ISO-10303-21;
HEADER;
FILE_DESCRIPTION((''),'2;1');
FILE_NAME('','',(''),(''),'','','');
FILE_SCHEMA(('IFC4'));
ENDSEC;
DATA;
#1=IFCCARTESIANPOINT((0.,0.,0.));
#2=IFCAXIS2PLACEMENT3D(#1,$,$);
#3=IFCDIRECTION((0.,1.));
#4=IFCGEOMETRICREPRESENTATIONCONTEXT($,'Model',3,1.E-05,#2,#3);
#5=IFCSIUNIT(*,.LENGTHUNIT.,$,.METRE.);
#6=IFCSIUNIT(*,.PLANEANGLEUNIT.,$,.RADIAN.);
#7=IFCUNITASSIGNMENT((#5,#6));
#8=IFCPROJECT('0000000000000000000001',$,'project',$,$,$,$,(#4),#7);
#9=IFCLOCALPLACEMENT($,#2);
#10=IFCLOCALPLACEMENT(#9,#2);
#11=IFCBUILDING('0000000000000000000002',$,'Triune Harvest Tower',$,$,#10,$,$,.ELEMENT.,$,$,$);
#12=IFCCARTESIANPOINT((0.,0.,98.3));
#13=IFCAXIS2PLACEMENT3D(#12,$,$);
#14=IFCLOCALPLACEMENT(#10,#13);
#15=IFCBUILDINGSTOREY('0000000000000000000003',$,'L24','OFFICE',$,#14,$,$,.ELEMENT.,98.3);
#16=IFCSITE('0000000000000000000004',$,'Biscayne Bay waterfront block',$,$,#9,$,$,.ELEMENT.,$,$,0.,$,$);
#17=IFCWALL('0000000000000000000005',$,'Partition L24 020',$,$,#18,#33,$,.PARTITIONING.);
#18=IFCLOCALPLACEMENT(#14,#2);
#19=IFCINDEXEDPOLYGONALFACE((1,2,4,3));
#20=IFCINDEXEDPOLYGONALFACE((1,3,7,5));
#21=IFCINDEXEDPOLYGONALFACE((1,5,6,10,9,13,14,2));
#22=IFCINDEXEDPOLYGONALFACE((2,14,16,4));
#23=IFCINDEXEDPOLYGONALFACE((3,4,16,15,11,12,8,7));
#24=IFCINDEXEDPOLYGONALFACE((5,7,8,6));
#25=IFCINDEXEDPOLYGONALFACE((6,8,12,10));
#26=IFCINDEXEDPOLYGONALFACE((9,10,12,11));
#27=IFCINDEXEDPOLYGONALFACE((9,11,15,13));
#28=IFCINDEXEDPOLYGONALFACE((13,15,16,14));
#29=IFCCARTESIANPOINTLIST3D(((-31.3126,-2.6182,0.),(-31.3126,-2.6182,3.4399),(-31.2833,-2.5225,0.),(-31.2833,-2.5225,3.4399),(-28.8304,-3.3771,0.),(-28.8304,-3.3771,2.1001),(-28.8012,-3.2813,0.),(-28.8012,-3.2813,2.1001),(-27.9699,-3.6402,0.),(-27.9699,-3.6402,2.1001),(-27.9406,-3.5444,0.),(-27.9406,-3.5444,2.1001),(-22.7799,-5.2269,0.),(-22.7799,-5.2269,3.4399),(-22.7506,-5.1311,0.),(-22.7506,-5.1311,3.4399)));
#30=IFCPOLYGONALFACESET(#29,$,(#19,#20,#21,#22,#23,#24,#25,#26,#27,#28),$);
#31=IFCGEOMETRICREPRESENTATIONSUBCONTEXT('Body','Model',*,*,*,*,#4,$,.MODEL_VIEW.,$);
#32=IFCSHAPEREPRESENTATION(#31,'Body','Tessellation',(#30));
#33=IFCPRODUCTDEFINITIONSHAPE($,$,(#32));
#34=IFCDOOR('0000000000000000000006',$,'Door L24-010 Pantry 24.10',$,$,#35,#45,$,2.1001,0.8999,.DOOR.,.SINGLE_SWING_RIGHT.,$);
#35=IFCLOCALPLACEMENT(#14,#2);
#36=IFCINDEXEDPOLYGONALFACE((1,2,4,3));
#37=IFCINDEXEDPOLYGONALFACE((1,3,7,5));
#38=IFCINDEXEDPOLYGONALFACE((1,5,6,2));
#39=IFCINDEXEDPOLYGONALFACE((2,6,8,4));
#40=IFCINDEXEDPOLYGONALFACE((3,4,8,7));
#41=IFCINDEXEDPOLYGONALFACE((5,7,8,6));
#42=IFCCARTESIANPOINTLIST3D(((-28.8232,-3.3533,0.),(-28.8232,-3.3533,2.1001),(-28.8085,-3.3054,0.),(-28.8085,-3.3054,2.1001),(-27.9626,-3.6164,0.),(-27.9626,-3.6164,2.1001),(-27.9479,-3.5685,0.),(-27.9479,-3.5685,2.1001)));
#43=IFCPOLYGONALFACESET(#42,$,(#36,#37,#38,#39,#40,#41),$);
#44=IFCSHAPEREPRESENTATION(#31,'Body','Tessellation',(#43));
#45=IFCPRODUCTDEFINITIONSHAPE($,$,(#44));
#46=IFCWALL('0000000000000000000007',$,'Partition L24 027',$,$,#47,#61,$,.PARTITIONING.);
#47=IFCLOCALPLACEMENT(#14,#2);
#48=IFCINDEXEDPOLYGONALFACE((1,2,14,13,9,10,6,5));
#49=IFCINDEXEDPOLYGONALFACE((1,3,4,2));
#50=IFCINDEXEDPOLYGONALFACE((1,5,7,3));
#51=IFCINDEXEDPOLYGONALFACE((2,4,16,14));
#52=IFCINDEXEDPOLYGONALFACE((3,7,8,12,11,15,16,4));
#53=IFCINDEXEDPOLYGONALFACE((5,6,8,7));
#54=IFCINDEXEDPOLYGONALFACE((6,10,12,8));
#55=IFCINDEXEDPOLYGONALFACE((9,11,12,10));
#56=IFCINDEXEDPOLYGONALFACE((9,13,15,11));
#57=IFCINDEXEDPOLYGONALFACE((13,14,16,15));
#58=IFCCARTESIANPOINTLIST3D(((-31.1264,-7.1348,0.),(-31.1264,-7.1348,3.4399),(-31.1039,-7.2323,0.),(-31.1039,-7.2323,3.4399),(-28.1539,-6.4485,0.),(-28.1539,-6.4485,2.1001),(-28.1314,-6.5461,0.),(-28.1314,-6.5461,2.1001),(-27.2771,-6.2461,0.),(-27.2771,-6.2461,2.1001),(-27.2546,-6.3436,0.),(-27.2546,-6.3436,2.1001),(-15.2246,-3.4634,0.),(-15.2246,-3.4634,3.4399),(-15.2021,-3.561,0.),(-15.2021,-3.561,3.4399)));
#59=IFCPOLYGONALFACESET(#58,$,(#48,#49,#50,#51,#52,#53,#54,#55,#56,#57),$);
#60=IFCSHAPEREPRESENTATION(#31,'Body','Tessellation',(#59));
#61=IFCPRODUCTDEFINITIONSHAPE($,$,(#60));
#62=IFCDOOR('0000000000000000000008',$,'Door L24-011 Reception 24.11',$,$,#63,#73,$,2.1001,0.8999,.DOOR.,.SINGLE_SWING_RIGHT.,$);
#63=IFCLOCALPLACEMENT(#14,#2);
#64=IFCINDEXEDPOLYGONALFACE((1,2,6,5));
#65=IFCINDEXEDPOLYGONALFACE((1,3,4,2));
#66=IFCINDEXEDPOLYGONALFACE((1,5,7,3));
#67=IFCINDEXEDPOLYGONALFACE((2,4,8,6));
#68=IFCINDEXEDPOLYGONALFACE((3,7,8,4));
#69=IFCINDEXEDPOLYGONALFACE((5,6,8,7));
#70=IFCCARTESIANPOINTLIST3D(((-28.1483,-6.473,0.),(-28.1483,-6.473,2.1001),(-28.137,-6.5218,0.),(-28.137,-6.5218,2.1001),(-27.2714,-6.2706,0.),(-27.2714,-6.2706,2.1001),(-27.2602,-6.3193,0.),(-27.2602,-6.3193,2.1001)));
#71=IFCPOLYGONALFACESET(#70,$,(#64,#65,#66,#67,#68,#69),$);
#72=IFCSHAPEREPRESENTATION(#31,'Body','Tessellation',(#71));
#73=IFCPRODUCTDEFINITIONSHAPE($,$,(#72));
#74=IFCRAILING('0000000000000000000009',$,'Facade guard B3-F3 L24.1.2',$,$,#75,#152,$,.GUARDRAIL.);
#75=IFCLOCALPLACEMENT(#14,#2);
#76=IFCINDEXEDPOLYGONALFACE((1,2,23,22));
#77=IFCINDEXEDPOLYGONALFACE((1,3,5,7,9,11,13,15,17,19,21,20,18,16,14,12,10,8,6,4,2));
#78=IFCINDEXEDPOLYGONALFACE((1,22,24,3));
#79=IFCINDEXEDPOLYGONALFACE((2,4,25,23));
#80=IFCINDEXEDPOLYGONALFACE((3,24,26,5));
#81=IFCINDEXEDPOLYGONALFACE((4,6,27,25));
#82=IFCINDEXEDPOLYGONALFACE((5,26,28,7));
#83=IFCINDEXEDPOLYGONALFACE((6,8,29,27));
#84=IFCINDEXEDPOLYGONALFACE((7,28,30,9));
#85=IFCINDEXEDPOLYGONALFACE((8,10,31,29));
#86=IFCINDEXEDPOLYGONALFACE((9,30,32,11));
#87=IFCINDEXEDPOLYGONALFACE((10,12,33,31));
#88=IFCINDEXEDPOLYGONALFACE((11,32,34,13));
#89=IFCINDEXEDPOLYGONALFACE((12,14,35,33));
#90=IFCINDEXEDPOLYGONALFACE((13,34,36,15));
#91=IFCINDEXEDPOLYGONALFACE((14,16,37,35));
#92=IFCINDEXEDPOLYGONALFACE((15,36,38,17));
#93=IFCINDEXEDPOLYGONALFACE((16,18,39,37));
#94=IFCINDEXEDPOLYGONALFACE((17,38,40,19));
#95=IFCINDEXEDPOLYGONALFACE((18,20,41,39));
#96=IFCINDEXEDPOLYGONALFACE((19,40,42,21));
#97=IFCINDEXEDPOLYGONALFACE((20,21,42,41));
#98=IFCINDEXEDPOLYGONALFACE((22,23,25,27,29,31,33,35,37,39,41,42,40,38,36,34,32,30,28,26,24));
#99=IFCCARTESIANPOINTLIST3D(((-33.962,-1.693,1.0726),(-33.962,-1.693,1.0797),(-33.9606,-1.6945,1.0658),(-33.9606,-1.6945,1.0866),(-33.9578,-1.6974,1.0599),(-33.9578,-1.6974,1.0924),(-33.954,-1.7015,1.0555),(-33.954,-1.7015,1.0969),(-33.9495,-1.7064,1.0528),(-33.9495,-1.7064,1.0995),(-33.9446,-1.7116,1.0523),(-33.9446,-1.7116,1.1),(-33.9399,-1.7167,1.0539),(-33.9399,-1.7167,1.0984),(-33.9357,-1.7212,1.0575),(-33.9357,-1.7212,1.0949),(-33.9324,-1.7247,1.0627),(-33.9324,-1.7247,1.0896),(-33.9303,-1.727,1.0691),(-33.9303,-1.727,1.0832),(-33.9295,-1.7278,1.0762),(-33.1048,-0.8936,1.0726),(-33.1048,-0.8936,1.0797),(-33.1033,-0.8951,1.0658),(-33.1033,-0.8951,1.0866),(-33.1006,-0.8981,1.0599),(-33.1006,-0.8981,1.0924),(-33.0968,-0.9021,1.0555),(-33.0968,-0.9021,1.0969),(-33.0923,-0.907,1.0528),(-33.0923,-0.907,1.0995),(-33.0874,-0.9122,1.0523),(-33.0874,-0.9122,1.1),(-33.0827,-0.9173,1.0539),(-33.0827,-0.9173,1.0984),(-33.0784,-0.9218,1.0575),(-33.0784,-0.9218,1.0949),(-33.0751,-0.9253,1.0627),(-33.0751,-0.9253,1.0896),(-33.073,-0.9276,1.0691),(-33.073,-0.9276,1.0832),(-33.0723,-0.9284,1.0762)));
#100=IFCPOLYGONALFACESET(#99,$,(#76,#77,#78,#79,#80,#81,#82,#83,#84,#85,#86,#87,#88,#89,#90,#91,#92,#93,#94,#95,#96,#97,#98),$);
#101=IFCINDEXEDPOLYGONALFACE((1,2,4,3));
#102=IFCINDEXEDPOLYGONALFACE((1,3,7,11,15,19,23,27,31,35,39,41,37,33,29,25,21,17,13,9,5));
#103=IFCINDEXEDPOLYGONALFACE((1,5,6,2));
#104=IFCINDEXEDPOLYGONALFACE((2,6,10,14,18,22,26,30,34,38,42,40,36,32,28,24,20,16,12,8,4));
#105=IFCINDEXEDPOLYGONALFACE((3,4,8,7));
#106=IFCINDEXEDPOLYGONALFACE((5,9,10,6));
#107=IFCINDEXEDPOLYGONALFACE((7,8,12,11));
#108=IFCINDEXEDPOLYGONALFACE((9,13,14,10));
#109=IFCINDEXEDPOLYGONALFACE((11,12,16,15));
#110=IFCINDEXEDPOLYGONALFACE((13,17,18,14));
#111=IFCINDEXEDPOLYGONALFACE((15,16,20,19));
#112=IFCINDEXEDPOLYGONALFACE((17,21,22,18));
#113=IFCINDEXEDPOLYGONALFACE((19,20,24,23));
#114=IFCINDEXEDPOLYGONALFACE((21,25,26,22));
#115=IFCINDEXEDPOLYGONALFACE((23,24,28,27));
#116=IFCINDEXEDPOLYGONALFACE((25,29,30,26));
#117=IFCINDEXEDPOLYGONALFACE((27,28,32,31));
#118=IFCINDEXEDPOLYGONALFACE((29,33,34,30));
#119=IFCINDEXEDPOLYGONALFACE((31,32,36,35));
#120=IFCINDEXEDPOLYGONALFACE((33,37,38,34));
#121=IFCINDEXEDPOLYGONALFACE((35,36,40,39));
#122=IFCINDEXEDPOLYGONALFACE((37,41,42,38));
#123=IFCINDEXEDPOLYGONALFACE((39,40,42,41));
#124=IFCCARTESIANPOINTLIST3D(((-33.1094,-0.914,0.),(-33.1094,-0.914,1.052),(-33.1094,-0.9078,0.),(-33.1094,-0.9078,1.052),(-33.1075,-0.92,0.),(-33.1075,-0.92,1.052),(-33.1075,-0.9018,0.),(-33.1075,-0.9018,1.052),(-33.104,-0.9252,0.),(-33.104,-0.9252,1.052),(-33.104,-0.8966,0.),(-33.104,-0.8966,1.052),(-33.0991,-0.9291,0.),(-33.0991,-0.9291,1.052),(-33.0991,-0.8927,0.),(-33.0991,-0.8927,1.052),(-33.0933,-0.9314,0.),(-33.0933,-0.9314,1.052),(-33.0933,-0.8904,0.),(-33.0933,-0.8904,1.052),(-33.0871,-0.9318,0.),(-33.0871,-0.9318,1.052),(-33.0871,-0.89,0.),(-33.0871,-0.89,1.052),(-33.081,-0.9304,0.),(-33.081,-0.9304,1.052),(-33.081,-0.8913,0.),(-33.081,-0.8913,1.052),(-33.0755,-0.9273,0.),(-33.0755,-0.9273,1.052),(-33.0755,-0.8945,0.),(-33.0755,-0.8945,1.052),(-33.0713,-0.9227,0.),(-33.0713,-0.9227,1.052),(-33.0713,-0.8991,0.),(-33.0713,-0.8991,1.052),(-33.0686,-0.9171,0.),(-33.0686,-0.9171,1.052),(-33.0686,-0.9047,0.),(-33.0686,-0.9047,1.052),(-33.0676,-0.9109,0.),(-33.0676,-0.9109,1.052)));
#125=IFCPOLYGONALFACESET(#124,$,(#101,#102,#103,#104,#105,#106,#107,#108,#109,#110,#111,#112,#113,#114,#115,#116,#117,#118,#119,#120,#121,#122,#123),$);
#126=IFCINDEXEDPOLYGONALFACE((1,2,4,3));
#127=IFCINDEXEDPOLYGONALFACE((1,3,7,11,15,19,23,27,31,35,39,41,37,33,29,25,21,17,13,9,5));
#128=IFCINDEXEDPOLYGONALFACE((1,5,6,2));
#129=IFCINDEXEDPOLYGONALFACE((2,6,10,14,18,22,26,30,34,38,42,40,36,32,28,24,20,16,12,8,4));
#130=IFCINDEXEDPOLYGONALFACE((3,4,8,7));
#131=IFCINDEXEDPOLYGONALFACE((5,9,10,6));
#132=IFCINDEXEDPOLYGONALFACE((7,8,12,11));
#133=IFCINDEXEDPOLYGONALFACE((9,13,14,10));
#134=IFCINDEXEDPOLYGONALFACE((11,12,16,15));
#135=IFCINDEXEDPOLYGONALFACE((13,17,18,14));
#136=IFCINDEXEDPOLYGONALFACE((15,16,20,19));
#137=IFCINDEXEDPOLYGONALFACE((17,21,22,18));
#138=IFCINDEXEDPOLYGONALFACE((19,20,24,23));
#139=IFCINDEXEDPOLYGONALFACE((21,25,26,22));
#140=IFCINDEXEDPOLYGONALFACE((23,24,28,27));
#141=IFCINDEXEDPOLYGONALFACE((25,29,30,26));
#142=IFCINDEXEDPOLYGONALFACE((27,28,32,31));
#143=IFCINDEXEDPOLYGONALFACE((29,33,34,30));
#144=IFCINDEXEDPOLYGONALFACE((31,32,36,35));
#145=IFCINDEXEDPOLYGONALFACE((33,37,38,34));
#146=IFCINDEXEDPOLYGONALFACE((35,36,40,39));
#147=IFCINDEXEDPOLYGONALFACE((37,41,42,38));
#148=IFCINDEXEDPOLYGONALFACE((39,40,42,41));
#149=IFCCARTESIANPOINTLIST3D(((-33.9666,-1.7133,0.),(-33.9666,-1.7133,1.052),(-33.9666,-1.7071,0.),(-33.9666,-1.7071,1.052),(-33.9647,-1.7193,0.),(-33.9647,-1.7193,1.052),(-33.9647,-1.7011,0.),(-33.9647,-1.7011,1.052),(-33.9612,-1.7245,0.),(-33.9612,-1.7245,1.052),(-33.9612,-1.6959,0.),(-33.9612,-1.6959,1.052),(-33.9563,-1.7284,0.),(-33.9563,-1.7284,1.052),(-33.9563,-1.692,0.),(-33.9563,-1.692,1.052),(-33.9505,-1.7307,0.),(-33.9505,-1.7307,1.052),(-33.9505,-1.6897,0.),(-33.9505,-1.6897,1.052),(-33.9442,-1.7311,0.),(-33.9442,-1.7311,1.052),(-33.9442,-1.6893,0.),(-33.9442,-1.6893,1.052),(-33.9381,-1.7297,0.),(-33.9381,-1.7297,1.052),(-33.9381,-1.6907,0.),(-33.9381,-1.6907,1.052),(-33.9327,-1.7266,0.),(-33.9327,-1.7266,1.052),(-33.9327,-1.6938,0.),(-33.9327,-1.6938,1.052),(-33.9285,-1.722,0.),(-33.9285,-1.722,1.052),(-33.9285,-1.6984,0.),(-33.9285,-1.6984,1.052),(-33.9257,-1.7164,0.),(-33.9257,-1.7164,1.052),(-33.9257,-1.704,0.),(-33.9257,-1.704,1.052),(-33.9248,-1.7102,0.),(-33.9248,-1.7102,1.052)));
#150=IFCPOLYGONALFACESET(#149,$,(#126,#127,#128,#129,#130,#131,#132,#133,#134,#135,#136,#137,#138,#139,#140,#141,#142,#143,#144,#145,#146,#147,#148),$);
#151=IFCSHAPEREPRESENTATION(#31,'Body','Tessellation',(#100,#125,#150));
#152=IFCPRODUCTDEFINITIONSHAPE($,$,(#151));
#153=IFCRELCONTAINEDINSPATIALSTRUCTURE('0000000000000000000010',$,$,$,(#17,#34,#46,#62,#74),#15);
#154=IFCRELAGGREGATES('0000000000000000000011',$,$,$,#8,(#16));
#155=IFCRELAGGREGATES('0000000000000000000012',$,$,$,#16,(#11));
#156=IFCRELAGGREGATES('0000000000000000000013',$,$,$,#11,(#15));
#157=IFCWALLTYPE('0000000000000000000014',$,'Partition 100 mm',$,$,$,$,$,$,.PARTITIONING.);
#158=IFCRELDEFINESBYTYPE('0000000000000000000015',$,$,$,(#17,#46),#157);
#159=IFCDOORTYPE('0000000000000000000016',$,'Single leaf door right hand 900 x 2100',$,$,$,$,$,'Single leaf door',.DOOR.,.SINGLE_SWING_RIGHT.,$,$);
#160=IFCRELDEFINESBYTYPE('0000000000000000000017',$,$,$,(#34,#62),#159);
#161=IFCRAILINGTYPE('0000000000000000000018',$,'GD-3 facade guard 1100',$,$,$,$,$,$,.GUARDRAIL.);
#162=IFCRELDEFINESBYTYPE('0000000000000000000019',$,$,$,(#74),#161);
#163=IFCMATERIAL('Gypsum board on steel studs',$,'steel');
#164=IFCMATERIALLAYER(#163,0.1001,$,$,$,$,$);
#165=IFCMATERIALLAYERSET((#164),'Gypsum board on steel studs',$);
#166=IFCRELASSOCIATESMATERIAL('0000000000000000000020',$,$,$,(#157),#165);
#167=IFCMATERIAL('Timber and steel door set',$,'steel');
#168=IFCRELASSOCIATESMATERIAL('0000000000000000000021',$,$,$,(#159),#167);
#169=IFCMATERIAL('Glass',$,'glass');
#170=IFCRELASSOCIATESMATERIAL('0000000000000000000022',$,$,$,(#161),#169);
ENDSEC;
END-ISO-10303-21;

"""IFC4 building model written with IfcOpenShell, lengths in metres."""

from ifc_helpers import new_model, si_unit, direction, frame, frame_2d, origin, origin_2d, place, context, subcontext, project, spatial, rectangle, circle, extrude, source, transform, mapped, material, layer, layer_set, type_object, element, fill, save


model = new_model("IFC4")

# Units and contexts
model_context = context("Model", 3, precision=1e-05, world=origin(), true_north=direction((0.0, 1.0)))
body_context = subcontext(model_context, "Body", "Model", "MODEL_VIEW")
ifc_project = project(units=[si_unit("LENGTHUNIT", "METRE"), si_unit("PLANEANGLEUNIT", "RADIAN")], contexts=[model_context])

# Site, building, storey
site_placement = place(None, origin())
site = spatial("IfcSite", under=ifc_project, at=site_placement, Name="Biscayne Bay waterfront block", CompositionType="ELEMENT", RefElevation=0.0)
building_placement = place(site_placement, origin())
building = spatial("IfcBuilding", under=site, at=building_placement, Name="Triune Harvest Tower", CompositionType="ELEMENT")
storey_placement = place(building_placement, frame((0.0, 0.0, 98.3)))
storey = spatial("IfcBuildingStorey", under=building, at=storey_placement, Name="L24", Description="OFFICE", CompositionType="ELEMENT", Elevation=98.3)

# Shared definitions
ifc_material_1 = material(Name="Gypsum board on steel studs", Category="steel")
ifc_layer_1 = layer(ifc_material_1, 0.1001)
ifc_layer_set_1 = layer_set([ifc_layer_1], Name="Gypsum board on steel studs")
wall_type = type_object("IfcWallType", Name="Partition 100 mm", PredefinedType="PARTITIONING", material=ifc_layer_set_1)

# Walls, openings, doors
shared_shape_1 = source(origin(), body_context, "Body", "SweptSolid", [
    extrude(rectangle(XDim=8.9226, YDim=0.1001, at=frame_2d((4.4614, 0.0))), origin(), (0.0, 0.0, 1.0), 3.4399),
])
wall_1_placement = place(storey_placement, frame((-31.2981, -2.5703, 0.0), z_axis=(0.0, 0.0, 1.0), x_axis=(0.956307, -0.292365, 0.0)))
wall_1 = element("IfcWall", 1, at=wall_1_placement, inside=storey, type_object=wall_type, Name="Partition L24 020", PredefinedType="PARTITIONING", context=body_context, shape_type="MappedRepresentation", body=[
    mapped(shared_shape_1, transform((0.0, 0.0, 0.0), scale=1.0)),
])
opening_1_placement = place(wall_1_placement, frame((2.5957, 0.0, 0.0)))
opening_1 = element("IfcOpeningElement", 2, at=opening_1_placement, cuts=wall_1, PredefinedType="OPENING", context=body_context, shape_type="SweptSolid", body=[
    extrude(rectangle(XDim=0.8999, YDim=2.1001, at=frame_2d((0.45, 1.05))), frame((0.0, 0.0601, 0.0), z_axis=(0.0, -1.0, 0.0), x_axis=(1.0, 0.0, 0.0)), (0.0, 0.0, 1.0), 0.1201),
])
ifc_material_2 = material(Name="Timber and steel door set", Category="steel")
door_type = type_object("IfcDoorType", Name="Single leaf door right hand 900 x 2100", ElementType="Single leaf door", OperationType="SINGLE_SWING_RIGHT", PredefinedType="DOOR", material=ifc_material_2)
door_1_placement = place(opening_1_placement, origin())
door_1 = element("IfcDoor", 3, at=door_1_placement, inside=storey, type_object=door_type, Name="Door L24-010 Pantry 24.10", OperationType="SINGLE_SWING_RIGHT", OverallHeight=2.1001, OverallWidth=0.8999, PredefinedType="DOOR", context=body_context, shape_type="SweptSolid", body=[
    extrude(rectangle(XDim=0.8999, YDim=2.1001, at=frame_2d((0.45, 1.05))), frame((0.0, 0.0249, 0.0), z_axis=(0.0, -1.0, 0.0), x_axis=(1.0, 0.0, 0.0)), (0.0, 0.0, 1.0), 0.05),
])
fill(opening_1, door_1)
shared_shape_2 = source(origin(), body_context, "Body", "SweptSolid", [
    extrude(rectangle(XDim=16.3201, YDim=0.1001, at=frame_2d((8.1602, 0.0))), origin(), (0.0, 0.0, 1.0), 3.4399),
])
wall_2_placement = place(storey_placement, frame((-31.1152, -7.1836, 0.0), z_axis=(0.0, 0.0, 1.0), x_axis=(0.974368, 0.22496, 0.0)))
wall_2 = element("IfcWall", 4, at=wall_2_placement, inside=storey, type_object=wall_type, Name="Partition L24 027", PredefinedType="PARTITIONING", context=body_context, shape_type="MappedRepresentation", body=[
    mapped(shared_shape_2, transform((0.0, 0.0, 0.0), scale=1.0)),
])
opening_2_placement = place(wall_2_placement, frame((3.0508, 0.0, 0.0)))
opening_2 = element("IfcOpeningElement", 5, at=opening_2_placement, cuts=wall_2, PredefinedType="OPENING", context=body_context, shape_type="SweptSolid", body=[
    extrude(rectangle(XDim=0.8999, YDim=2.1001, at=frame_2d((0.45, 1.05))), frame((0.0, 0.0601, 0.0), z_axis=(0.0, -1.0, 0.0), x_axis=(1.0, 0.0, 0.0)), (0.0, 0.0, 1.0), 0.1201),
])
door_2_placement = place(opening_2_placement, origin())
door_2 = element("IfcDoor", 6, at=door_2_placement, inside=storey, type_object=door_type, Name="Door L24-011 Reception 24.11", OperationType="SINGLE_SWING_RIGHT", OverallHeight=2.1001, OverallWidth=0.8999, PredefinedType="DOOR", context=body_context, shape_type="SweptSolid", body=[
    extrude(rectangle(XDim=0.8999, YDim=2.1001, at=frame_2d((0.45, 1.05))), frame((0.0, 0.0249, 0.0), z_axis=(0.0, -1.0, 0.0), x_axis=(1.0, 0.0, 0.0)), (0.0, 0.0, 1.0), 0.05),
])
fill(opening_2, door_2)

# Railing
ifc_material_3 = material(Name="Glass", Category="glass")
railing_type = type_object("IfcRailingType", Name="GD-3 facade guard 1100", PredefinedType="GUARDRAIL", material=ifc_material_3)
railing_placement = place(storey_placement, frame((-33.0886, -0.9109, 0.0)))
element("IfcRailing", 7, at=railing_placement, inside=storey, type_object=railing_type, Name="Facade guard B3-F3 L24.1.2", PredefinedType="GUARDRAIL", context=body_context, shape_type="SweptSolid", body=[
    extrude(circle(Radius=0.0239, at=origin_2d()), frame((0.0, 0.0, 1.0762), z_axis=(-0.73136, -0.681992, 0.0), x_axis=(0.681992, -0.73136, 0.0)), (0.0, 0.0, 1.0), 1.1721),
    extrude(circle(Radius=0.021, at=origin_2d()), origin(), (0.0, 0.0, 1.0), 1.052),
    extrude(circle(Radius=0.021, at=origin_2d()), frame((-0.8572, -0.7993, 0.0)), (0.0, 0.0, 1.0), 1.052),
])

save(model, "model.ifc")
